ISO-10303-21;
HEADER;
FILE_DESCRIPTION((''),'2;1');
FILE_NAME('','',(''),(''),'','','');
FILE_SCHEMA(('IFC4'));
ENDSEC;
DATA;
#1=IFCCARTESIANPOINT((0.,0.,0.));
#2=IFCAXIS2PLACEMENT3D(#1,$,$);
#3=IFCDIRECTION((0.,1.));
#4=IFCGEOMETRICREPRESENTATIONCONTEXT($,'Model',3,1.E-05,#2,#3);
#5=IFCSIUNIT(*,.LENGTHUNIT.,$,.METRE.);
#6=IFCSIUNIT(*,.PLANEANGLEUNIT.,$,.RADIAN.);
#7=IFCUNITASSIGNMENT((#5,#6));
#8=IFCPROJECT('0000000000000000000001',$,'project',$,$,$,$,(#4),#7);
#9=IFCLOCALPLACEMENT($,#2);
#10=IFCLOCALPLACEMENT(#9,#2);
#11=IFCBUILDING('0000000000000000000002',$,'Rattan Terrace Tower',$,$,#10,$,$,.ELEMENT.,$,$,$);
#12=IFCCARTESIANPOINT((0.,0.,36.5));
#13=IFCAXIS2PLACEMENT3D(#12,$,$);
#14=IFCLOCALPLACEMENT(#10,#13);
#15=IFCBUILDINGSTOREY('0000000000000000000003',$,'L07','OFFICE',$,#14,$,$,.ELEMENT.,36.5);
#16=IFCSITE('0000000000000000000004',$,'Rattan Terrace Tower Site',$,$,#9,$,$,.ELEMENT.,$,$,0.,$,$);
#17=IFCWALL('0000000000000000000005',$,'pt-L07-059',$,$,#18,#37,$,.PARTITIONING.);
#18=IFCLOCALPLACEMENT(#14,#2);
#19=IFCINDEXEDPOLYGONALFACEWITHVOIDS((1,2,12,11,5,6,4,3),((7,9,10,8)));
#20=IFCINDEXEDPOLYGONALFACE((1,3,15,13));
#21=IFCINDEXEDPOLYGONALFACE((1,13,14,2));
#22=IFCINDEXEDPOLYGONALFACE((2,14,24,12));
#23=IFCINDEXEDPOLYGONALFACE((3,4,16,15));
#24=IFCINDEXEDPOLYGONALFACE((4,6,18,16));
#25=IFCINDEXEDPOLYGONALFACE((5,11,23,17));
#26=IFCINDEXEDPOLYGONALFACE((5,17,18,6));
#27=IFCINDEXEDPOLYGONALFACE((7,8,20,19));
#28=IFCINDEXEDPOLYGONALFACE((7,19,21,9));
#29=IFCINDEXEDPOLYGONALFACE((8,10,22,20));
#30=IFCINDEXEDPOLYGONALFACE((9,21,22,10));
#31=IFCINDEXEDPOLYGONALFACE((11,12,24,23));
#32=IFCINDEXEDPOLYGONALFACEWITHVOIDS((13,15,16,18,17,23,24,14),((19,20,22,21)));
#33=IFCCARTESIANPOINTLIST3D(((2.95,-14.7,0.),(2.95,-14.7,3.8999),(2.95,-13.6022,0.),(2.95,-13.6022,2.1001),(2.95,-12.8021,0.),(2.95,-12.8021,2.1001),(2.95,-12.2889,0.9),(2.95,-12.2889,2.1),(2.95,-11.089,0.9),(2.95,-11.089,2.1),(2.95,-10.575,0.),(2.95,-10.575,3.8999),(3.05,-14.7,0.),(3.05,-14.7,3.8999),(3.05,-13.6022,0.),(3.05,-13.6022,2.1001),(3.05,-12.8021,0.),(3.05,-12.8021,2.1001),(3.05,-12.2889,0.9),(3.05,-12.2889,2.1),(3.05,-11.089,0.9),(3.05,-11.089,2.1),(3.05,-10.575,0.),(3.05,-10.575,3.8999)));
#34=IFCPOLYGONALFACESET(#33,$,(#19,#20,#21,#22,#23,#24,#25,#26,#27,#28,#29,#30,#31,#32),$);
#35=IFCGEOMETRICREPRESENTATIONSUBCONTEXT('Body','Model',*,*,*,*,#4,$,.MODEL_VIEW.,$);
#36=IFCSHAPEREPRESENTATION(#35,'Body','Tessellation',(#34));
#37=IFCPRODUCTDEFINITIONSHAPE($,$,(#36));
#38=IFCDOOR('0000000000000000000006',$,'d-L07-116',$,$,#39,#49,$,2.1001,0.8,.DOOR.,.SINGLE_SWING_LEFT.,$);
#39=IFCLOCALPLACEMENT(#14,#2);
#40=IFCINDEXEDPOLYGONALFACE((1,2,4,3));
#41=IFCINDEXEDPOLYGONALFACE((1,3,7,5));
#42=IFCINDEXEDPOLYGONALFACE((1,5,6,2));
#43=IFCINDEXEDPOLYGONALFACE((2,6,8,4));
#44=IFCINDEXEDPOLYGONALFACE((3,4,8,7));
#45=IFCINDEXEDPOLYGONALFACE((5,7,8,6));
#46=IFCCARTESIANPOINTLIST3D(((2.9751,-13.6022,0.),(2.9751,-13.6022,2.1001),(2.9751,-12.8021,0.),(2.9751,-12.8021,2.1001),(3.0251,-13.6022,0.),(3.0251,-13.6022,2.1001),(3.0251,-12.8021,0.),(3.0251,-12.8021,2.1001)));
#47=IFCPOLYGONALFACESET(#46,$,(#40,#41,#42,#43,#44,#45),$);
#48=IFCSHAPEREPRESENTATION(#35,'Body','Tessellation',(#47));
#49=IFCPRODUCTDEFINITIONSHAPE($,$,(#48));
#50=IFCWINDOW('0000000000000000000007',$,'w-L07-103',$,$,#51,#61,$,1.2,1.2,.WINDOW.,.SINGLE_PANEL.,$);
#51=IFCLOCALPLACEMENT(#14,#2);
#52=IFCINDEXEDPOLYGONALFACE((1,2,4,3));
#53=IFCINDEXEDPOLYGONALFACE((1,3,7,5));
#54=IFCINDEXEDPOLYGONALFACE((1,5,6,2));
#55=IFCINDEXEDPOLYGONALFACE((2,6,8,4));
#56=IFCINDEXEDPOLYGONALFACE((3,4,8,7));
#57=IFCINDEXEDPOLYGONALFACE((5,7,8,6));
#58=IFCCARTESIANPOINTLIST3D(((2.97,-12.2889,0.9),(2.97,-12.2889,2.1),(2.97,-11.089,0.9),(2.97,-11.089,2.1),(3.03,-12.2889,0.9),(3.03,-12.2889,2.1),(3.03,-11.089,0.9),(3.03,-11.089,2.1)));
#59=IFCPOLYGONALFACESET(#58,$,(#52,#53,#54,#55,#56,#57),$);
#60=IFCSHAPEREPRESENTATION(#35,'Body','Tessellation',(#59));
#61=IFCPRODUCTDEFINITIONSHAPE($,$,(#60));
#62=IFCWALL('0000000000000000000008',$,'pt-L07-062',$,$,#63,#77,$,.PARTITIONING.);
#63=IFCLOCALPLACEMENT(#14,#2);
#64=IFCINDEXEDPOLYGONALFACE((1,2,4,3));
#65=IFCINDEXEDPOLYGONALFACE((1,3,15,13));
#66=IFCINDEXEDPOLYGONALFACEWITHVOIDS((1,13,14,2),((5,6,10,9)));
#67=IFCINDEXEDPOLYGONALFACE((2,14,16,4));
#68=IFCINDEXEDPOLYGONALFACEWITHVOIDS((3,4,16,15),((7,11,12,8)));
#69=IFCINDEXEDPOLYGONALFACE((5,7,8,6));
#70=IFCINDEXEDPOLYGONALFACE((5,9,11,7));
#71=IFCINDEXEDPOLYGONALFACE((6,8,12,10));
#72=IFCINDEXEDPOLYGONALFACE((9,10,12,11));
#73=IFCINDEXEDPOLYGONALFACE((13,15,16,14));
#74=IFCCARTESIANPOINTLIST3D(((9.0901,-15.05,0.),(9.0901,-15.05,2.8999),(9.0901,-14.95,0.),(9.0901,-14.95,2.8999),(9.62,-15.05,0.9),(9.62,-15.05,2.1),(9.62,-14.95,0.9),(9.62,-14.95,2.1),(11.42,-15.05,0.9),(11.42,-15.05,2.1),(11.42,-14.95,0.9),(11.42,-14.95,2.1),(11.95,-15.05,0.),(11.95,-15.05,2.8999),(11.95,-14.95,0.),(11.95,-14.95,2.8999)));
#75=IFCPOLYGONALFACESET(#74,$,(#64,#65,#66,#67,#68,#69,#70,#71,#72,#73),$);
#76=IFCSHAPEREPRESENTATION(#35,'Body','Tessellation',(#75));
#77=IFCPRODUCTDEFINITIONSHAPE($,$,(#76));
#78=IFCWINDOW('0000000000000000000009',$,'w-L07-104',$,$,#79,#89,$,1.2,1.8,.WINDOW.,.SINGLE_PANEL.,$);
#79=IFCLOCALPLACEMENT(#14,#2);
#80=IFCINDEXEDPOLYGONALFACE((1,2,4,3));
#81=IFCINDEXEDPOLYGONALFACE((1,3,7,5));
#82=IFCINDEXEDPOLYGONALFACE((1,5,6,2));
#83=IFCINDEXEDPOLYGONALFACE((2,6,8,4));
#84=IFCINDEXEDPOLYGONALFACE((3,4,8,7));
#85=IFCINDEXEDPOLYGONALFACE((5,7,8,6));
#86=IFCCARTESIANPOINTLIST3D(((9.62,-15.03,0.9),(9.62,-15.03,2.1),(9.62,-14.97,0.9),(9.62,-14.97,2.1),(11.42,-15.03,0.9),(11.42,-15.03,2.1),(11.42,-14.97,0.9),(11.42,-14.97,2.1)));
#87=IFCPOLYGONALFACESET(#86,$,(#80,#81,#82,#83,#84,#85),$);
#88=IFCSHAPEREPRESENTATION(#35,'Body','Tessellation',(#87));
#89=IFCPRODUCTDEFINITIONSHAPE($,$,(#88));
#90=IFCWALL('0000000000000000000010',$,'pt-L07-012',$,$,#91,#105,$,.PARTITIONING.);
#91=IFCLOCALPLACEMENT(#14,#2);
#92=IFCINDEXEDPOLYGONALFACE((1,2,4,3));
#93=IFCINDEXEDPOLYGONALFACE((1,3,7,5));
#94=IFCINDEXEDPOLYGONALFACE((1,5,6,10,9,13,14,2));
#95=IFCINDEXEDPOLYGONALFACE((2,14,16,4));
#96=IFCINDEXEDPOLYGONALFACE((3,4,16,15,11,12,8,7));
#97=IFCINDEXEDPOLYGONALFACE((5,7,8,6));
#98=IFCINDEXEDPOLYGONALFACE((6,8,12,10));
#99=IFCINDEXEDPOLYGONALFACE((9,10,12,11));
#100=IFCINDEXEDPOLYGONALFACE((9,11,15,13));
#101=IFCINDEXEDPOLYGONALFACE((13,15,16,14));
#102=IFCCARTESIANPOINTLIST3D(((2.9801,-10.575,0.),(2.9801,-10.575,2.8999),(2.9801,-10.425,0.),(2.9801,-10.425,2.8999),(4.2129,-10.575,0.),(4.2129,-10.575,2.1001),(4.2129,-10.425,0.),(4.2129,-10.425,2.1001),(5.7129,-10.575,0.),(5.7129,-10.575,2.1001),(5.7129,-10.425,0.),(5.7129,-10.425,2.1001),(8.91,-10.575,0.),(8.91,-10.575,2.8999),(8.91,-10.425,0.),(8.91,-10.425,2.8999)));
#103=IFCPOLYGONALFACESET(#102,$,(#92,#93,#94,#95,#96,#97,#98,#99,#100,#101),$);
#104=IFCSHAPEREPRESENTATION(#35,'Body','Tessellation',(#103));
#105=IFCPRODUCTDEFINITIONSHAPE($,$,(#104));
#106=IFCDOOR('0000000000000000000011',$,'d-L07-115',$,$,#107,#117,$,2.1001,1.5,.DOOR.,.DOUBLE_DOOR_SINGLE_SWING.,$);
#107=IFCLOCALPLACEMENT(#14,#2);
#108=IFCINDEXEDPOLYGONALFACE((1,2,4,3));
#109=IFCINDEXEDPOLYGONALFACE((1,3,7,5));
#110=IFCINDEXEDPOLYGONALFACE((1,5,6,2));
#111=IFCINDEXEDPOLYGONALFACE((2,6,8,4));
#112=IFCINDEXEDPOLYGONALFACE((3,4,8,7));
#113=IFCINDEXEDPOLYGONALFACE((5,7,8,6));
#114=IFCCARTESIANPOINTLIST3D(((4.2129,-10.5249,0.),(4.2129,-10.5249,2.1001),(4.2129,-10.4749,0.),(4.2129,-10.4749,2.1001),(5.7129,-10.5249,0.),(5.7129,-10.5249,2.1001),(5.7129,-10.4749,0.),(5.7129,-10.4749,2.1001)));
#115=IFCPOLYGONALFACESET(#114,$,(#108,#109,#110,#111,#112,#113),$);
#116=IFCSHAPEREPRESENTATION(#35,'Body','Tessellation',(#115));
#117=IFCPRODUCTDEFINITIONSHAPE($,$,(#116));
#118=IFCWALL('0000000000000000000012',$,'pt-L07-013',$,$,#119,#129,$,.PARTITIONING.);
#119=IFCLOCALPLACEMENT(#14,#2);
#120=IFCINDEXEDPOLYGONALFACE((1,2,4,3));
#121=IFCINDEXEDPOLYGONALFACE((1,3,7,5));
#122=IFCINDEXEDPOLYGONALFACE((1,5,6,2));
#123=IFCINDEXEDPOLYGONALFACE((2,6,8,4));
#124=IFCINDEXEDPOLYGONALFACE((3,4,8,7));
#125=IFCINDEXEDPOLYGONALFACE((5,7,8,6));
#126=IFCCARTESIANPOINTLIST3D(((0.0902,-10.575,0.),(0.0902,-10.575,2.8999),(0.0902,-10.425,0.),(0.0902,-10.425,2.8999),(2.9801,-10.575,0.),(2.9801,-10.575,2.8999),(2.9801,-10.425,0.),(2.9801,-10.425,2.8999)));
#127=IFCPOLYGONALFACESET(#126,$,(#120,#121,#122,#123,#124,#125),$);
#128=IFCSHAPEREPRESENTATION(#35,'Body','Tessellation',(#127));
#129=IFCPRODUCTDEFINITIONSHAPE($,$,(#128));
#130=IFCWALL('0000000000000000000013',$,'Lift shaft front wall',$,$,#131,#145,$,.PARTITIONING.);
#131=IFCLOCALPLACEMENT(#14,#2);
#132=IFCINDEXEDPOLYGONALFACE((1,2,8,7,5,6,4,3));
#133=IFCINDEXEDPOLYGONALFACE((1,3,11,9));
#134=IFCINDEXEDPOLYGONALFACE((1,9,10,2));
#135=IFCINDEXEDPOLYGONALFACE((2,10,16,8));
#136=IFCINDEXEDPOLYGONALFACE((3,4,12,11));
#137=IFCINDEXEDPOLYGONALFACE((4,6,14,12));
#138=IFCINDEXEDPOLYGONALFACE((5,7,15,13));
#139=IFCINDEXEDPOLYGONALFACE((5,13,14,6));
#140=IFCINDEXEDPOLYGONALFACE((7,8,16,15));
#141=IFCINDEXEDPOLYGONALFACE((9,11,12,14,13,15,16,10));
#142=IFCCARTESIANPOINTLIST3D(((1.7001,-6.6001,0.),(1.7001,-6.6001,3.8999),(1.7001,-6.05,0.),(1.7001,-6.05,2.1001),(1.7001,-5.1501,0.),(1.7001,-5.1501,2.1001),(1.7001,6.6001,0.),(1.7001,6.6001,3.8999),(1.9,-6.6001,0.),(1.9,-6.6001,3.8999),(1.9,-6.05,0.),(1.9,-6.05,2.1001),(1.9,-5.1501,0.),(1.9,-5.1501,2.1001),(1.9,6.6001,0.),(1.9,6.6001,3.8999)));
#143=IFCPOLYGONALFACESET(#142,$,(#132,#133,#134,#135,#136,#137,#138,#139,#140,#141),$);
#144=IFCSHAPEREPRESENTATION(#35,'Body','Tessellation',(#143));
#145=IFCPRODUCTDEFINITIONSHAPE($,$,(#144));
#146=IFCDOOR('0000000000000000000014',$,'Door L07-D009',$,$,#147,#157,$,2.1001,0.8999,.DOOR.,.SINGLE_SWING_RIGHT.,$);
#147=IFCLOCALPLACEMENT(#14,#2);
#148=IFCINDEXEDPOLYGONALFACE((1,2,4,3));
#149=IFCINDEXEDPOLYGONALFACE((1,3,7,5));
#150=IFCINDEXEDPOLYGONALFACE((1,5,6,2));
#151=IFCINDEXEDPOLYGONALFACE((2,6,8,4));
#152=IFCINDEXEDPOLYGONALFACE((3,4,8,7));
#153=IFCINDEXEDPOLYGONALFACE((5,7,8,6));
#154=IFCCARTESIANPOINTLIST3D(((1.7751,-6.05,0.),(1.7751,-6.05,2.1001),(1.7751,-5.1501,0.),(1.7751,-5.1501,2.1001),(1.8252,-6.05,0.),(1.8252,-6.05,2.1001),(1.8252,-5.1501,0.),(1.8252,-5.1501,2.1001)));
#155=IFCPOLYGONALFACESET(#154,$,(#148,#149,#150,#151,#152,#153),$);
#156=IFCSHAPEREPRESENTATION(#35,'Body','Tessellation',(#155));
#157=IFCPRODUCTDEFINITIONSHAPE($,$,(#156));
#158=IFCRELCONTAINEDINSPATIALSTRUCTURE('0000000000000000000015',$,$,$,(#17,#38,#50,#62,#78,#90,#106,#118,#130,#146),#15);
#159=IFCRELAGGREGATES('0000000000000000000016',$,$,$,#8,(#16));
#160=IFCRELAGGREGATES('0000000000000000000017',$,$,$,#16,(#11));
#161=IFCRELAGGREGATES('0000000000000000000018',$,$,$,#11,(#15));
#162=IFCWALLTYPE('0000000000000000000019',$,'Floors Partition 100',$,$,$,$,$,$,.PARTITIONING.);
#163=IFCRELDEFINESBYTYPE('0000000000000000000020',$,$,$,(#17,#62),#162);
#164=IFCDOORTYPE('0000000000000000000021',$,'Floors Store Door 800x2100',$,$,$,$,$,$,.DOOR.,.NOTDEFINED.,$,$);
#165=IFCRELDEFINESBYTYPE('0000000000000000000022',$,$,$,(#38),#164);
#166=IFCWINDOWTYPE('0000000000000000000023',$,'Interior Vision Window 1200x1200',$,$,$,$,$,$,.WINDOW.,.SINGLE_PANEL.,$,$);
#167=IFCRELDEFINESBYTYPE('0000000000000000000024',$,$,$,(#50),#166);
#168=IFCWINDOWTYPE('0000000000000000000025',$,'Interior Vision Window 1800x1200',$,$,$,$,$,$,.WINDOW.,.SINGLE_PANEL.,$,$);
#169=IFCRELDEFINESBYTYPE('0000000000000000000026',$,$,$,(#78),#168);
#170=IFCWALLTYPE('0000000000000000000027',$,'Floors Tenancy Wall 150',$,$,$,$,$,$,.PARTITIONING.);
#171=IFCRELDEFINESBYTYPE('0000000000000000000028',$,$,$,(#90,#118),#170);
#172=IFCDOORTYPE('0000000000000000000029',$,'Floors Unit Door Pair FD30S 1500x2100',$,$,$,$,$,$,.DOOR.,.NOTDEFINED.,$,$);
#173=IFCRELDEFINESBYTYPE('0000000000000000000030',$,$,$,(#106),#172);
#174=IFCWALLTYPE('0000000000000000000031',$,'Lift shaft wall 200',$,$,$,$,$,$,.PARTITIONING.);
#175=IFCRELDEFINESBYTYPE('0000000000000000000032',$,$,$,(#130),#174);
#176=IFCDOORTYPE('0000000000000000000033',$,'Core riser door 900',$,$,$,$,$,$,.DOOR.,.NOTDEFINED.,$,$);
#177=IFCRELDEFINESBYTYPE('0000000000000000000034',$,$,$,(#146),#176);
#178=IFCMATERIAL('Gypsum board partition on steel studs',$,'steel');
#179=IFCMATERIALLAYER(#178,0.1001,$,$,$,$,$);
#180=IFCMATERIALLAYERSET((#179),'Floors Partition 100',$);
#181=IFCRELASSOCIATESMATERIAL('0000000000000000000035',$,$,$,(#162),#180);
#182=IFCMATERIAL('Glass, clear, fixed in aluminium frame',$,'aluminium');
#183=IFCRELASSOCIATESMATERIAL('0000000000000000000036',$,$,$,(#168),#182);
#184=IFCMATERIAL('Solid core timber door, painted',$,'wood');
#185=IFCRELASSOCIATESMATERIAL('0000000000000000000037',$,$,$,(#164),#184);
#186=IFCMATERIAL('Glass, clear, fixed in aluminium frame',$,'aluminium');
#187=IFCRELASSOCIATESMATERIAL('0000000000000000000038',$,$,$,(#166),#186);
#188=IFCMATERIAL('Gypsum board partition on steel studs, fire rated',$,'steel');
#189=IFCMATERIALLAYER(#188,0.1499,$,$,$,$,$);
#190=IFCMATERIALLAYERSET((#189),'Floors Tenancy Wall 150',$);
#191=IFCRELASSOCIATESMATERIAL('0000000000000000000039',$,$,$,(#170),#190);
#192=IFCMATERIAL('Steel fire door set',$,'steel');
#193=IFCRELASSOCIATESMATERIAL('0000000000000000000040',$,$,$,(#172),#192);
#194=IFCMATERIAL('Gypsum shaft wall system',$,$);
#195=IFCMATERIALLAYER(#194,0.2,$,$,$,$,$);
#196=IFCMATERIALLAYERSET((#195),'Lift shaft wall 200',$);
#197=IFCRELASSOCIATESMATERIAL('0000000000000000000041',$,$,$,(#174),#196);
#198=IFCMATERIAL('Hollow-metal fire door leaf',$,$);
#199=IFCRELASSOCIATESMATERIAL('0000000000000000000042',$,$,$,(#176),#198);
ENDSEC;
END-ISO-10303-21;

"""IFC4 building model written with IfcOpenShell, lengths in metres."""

from ifc_helpers import new_model, si_unit, direction, frame, frame_2d, origin, place, context, subcontext, project, spatial, rectangle, extrude, material, layer, layer_set, type_object, element, fill, save


model = new_model("IFC4")

# Units and contexts
model_context = context("Model", 3, precision=1e-05, world=origin(), true_north=direction((0.0, 1.0)))
body_context = subcontext(model_context, "Body", "Model", "MODEL_VIEW")
ifc_project = project(units=[si_unit("LENGTHUNIT", "METRE"), si_unit("PLANEANGLEUNIT", "RADIAN")], contexts=[model_context])

# Site, building, storey
site_placement = place(None, origin())
site = spatial("IfcSite", under=ifc_project, at=site_placement, Name="Rattan Terrace Tower Site", CompositionType="ELEMENT", RefElevation=0.0)
building_placement = place(site_placement, origin())
building = spatial("IfcBuilding", under=site, at=building_placement, Name="Rattan Terrace Tower", CompositionType="ELEMENT")
storey_placement = place(building_placement, frame((0.0, 0.0, 36.5)))
storey = spatial("IfcBuildingStorey", under=building, at=storey_placement, Name="L07", Description="OFFICE", CompositionType="ELEMENT", Elevation=36.5)

# Shared definitions
ifc_material_1 = material(Name="Gypsum board partition on steel studs", Category="steel")
ifc_layer_1 = layer(ifc_material_1, 0.1001)
ifc_layer_set_1 = layer_set([ifc_layer_1], Name="Floors Partition 100")
wall_type_1 = type_object("IfcWallType", Name="Floors Partition 100", PredefinedType="PARTITIONING", material=ifc_layer_set_1)
ifc_material_2 = material(Name="Glass, clear, fixed in aluminium frame", Category="aluminium")
window_type_1 = type_object("IfcWindowType", Name="Interior Vision Window 1800x1200", PartitioningType="SINGLE_PANEL", PredefinedType="WINDOW", material=ifc_material_2)

# Wall, openings, door, window
wall_1_placement = place(storey_placement, frame((3.0, -14.7, 0.0), z_axis=(0.0, 0.0, 1.0), x_axis=(0.0, 1.0, 0.0)))
wall_1 = element("IfcWall", 1, at=wall_1_placement, inside=storey, type_object=wall_type_1, Name="pt-L07-059", PredefinedType="PARTITIONING", context=body_context, shape_type="SweptSolid", body=[
    extrude(rectangle(XDim=4.125, YDim=0.1001, at=frame_2d((2.0625, 0.0))), origin(), (0.0, 0.0, 1.0), 3.8999),
])
opening_1_placement = place(wall_1_placement, frame((1.0979, 0.0, 0.0)))
opening_1 = element("IfcOpeningElement", 2, at=opening_1_placement, cuts=wall_1, PredefinedType="OPENING", context=body_context, shape_type="SweptSolid", body=[
    extrude(rectangle(XDim=0.8, YDim=2.1001, at=frame_2d((0.3999, 1.05))), frame((0.0, 0.0605, 0.0), z_axis=(0.0, -1.0, 0.0), x_axis=(1.0, 0.0, 0.0)), (0.0, 0.0, 1.0), 0.1211),
])
opening_2_placement = place(wall_1_placement, frame((2.4109, 0.0, 0.8999)))
opening_2 = element("IfcOpeningElement", 3, at=opening_2_placement, cuts=wall_1, PredefinedType="OPENING", context=body_context, shape_type="SweptSolid", body=[
    extrude(rectangle(XDim=1.2, YDim=1.2, at=frame_2d((0.6001, 0.6001))), frame((0.0, 0.0605, 0.0), z_axis=(0.0, -1.0, 0.0), x_axis=(1.0, 0.0, 0.0)), (0.0, 0.0, 1.0), 0.1211),
])
ifc_material_3 = material(Name="Solid core timber door, painted", Category="wood")
door_type_1 = type_object("IfcDoorType", Name="Floors Store Door 800x2100", OperationType="NOTDEFINED", PredefinedType="DOOR", material=ifc_material_3)
door_1_placement = place(opening_1_placement, origin())
door_1 = element("IfcDoor", 4, at=door_1_placement, inside=storey, type_object=door_type_1, Name="d-L07-116", OperationType="SINGLE_SWING_LEFT", OverallHeight=2.1001, OverallWidth=0.8, PredefinedType="DOOR", context=body_context, shape_type="SweptSolid", body=[
    extrude(rectangle(XDim=0.8, YDim=2.1001, at=frame_2d((0.3999, 1.05))), frame((0.0, 0.0249, 0.0), z_axis=(0.0, -1.0, 0.0), x_axis=(1.0, 0.0, 0.0)), (0.0, 0.0, 1.0), 0.05),
])
fill(opening_1, door_1)
ifc_material_4 = material(Name="Glass, clear, fixed in aluminium frame", Category="aluminium")
window_type_2 = type_object("IfcWindowType", Name="Interior Vision Window 1200x1200", PartitioningType="SINGLE_PANEL", PredefinedType="WINDOW", material=ifc_material_4)
window_1_placement = place(opening_2_placement, origin())
window_1 = element("IfcWindow", 5, at=window_1_placement, inside=storey, type_object=window_type_2, Name="w-L07-103", OverallHeight=1.2, OverallWidth=1.2, PartitioningType="SINGLE_PANEL", PredefinedType="WINDOW", context=body_context, shape_type="SweptSolid", body=[
    extrude(rectangle(XDim=1.2, YDim=1.2, at=frame_2d((0.6001, 0.6001))), frame((0.0, 0.03, 0.0), z_axis=(0.0, -1.0, 0.0), x_axis=(1.0, 0.0, 0.0)), (0.0, 0.0, 1.0), 0.0601),
])
fill(opening_2, window_1)

# Wall, opening, window
wall_2_placement = place(storey_placement, frame((9.0901, -15.0, 0.0), z_axis=(0.0, 0.0, 1.0), x_axis=(1.0, 0.0, 0.0)))
wall_2 = element("IfcWall", 6, at=wall_2_placement, inside=storey, type_object=wall_type_1, Name="pt-L07-062", PredefinedType="PARTITIONING", context=body_context, shape_type="SweptSolid", body=[
    extrude(rectangle(XDim=2.8599, YDim=0.1001, at=frame_2d((1.4299, 0.0))), origin(), (0.0, 0.0, 1.0), 2.8999),
])
opening_3_placement = place(wall_2_placement, frame((0.53, 0.0, 0.8999)))
opening_3 = element("IfcOpeningElement", 7, at=opening_3_placement, cuts=wall_2, PredefinedType="OPENING", context=body_context, shape_type="SweptSolid", body=[
    extrude(rectangle(XDim=1.8, YDim=1.2, at=frame_2d((0.8999, 0.6001))), frame((0.0, 0.0605, 0.0), z_axis=(0.0, -1.0, 0.0), x_axis=(1.0, 0.0, 0.0)), (0.0, 0.0, 1.0), 0.1211),
])
window_2_placement = place(opening_3_placement, origin())
window_2 = element("IfcWindow", 8, at=window_2_placement, inside=storey, type_object=window_type_1, Name="w-L07-104", OverallHeight=1.2, OverallWidth=1.8, PartitioningType="SINGLE_PANEL", PredefinedType="WINDOW", context=body_context, shape_type="SweptSolid", body=[
    extrude(rectangle(XDim=1.8, YDim=1.2, at=frame_2d((0.8999, 0.6001))), frame((0.0, 0.03, 0.0), z_axis=(0.0, -1.0, 0.0), x_axis=(1.0, 0.0, 0.0)), (0.0, 0.0, 1.0), 0.0601),
])
fill(opening_3, window_2)

# Wall, opening, door
ifc_material_5 = material(Name="Gypsum board partition on steel studs, fire rated", Category="steel")
ifc_layer_2 = layer(ifc_material_5, 0.1499)
ifc_layer_set_2 = layer_set([ifc_layer_2], Name="Floors Tenancy Wall 150")
wall_type_2 = type_object("IfcWallType", Name="Floors Tenancy Wall 150", PredefinedType="PARTITIONING", material=ifc_layer_set_2)
wall_3_placement = place(storey_placement, frame((8.9099, -10.5, 0.0), z_axis=(0.0, 0.0, 1.0), x_axis=(-1.0, 0.0, 0.0)))
wall_3 = element("IfcWall", 9, at=wall_3_placement, inside=storey, type_object=wall_type_2, Name="pt-L07-012", PredefinedType="PARTITIONING", context=body_context, shape_type="SweptSolid", body=[
    extrude(rectangle(XDim=5.9299, YDim=0.1499, at=frame_2d((2.9648, 0.0))), origin(), (0.0, 0.0, 1.0), 2.8999),
])
opening_4_placement = place(wall_3_placement, frame((3.197, 0.0, 0.0)))
opening_4 = element("IfcOpeningElement", 10, at=opening_4_placement, cuts=wall_3, PredefinedType="OPENING", context=body_context, shape_type="SweptSolid", body=[
    extrude(rectangle(XDim=1.5, YDim=2.1001, at=frame_2d((0.75, 1.05))), frame((0.0, 0.0854, 0.0), z_axis=(0.0, -1.0, 0.0), x_axis=(1.0, 0.0, 0.0)), (0.0, 0.0, 1.0), 0.1709),
])
ifc_material_6 = material(Name="Steel fire door set", Category="steel")
door_type_2 = type_object("IfcDoorType", Name="Floors Unit Door Pair FD30S 1500x2100", OperationType="NOTDEFINED", PredefinedType="DOOR", material=ifc_material_6)
door_2_placement = place(opening_4_placement, origin())
door_2 = element("IfcDoor", 11, at=door_2_placement, inside=storey, type_object=door_type_2, Name="d-L07-115", OperationType="DOUBLE_DOOR_SINGLE_SWING", OverallHeight=2.1001, OverallWidth=1.5, PredefinedType="DOOR", context=body_context, shape_type="SweptSolid", body=[
    extrude(rectangle(XDim=1.5, YDim=2.1001, at=frame_2d((0.75, 1.05))), frame((0.0, 0.0249, 0.0), z_axis=(0.0, -1.0, 0.0), x_axis=(1.0, 0.0, 0.0)), (0.0, 0.0, 1.0), 0.05),
])
fill(opening_4, door_2)

# Wall
wall_4_placement = place(storey_placement, frame((2.98, -10.5, 0.0), z_axis=(0.0, 0.0, 1.0), x_axis=(-1.0, 0.0, 0.0)))
element("IfcWall", 12, at=wall_4_placement, inside=storey, type_object=wall_type_2, Name="pt-L07-013", PredefinedType="PARTITIONING", context=body_context, shape_type="SweptSolid", body=[
    extrude(rectangle(XDim=2.8899, YDim=0.1499, at=frame_2d((1.4448, 0.0))), origin(), (0.0, 0.0, 1.0), 2.8999),
])

# Wall, opening, door
ifc_material_7 = material(Name="Gypsum shaft wall system")
ifc_layer_3 = layer(ifc_material_7, 0.2)
ifc_layer_set_3 = layer_set([ifc_layer_3], Name="Lift shaft wall 200")
wall_type_3 = type_object("IfcWallType", Name="Lift shaft wall 200", PredefinedType="PARTITIONING", material=ifc_layer_set_3)
wall_5_placement = place(storey_placement, frame((1.8, -6.6001, 0.0), z_axis=(0.0, 0.0, 1.0), x_axis=(0.0, 1.0, 0.0)))
wall_5 = element("IfcWall", 13, at=wall_5_placement, inside=storey, type_object=wall_type_3, Name="Lift shaft front wall", PredefinedType="PARTITIONING", context=body_context, shape_type="SweptSolid", body=[
    extrude(rectangle(XDim=13.2002, YDim=0.2, at=frame_2d((6.6001, 0.0))), origin(), (0.0, 0.0, 1.0), 3.8999),
])
opening_5_placement = place(wall_5_placement, frame((0.55, 0.0, 0.0)))
opening_5 = element("IfcOpeningElement", 14, at=opening_5_placement, cuts=wall_5, PredefinedType="OPENING", context=body_context, shape_type="SweptSolid", body=[
    extrude(rectangle(XDim=0.8999, YDim=2.1001, at=frame_2d((0.45, 1.05))), frame((0.0, 0.1106, 0.0), z_axis=(0.0, -1.0, 0.0), x_axis=(1.0, 0.0, 0.0)), (0.0, 0.0, 1.0), 0.2209),
])
ifc_material_8 = material(Name="Hollow-metal fire door leaf")
door_type_3 = type_object("IfcDoorType", Name="Core riser door 900", OperationType="NOTDEFINED", PredefinedType="DOOR", material=ifc_material_8)
door_3_placement = place(opening_5_placement, origin())
door_3 = element("IfcDoor", 15, at=door_3_placement, inside=storey, type_object=door_type_3, Name="Door L07-D009", OperationType="SINGLE_SWING_RIGHT", OverallHeight=2.1001, OverallWidth=0.8999, PredefinedType="DOOR", context=body_context, shape_type="SweptSolid", body=[
    extrude(rectangle(XDim=0.8999, YDim=2.1001, at=frame_2d((0.45, 1.05))), frame((0.0, 0.0249, 0.0), z_axis=(0.0, -1.0, 0.0), x_axis=(1.0, 0.0, 0.0)), (0.0, 0.0, 1.0), 0.05),
])
fill(opening_5, door_3)

save(model, "model.ifc")
